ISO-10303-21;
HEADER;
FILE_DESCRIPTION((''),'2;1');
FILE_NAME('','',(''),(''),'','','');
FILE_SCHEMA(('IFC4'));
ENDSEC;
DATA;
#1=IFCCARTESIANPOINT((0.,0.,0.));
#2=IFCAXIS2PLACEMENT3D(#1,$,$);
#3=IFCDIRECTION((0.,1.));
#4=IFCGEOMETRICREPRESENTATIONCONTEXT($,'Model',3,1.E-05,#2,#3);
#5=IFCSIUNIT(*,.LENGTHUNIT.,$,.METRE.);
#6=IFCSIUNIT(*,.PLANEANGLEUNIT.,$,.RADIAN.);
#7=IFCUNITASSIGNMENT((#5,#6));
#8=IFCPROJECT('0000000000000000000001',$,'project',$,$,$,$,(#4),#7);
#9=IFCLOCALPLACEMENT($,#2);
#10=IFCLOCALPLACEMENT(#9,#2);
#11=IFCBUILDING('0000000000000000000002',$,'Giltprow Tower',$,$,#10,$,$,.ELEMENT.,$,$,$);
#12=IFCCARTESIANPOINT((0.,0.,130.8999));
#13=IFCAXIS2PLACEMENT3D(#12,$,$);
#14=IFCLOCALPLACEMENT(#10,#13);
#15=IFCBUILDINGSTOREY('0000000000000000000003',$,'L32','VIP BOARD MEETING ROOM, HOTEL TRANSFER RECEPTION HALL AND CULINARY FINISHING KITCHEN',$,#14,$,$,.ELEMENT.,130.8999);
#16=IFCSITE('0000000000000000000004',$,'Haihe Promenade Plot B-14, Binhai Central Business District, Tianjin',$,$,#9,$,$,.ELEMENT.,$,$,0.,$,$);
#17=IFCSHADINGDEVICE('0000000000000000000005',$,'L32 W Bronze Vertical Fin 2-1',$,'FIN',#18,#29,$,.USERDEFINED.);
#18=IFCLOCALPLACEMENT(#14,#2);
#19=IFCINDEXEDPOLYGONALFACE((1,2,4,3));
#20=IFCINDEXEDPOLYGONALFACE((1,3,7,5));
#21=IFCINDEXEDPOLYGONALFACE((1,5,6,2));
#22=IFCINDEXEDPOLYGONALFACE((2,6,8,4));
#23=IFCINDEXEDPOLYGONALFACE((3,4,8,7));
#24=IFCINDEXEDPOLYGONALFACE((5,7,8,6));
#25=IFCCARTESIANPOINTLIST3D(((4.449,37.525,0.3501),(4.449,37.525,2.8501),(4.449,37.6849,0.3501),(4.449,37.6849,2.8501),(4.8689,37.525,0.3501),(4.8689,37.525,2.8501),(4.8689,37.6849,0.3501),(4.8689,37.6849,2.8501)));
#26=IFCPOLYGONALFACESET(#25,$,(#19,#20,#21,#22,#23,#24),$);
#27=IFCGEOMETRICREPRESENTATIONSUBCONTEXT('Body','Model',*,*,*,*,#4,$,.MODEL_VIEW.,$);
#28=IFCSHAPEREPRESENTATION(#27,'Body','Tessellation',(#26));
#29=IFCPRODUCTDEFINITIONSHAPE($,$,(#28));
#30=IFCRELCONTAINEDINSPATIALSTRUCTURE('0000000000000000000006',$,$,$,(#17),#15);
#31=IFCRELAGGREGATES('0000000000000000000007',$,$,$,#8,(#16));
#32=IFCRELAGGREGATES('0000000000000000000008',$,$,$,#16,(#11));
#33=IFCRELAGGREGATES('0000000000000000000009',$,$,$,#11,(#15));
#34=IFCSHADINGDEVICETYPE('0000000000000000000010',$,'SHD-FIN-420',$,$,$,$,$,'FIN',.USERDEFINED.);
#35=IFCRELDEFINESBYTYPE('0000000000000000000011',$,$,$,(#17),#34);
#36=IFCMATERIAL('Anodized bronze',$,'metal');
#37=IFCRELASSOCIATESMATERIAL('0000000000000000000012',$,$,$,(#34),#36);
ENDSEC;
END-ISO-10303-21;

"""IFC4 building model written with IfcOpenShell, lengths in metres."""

from ifc_helpers import new_model, si_unit, direction, frame, origin, origin_2d, place, context, subcontext, project, spatial, rectangle, extrude, source, transform, mapped, material, type_object, element, save


model = new_model("IFC4")

# Units and contexts
model_context = context("Model", 3, precision=1e-05, world=origin(), true_north=direction((0.0, 1.0)))
body_context = subcontext(model_context, "Body", "Model", "MODEL_VIEW")
ifc_project = project(units=[si_unit("LENGTHUNIT", "METRE"), si_unit("PLANEANGLEUNIT", "RADIAN")], contexts=[model_context])

# Site, building, storey
site_placement = place(None, origin())
site = spatial("IfcSite", under=ifc_project, at=site_placement, Name="Haihe Promenade Plot B-14, Binhai Central Business District, Tianjin", CompositionType="ELEMENT", RefElevation=0.0)
building_placement = place(site_placement, origin())
building = spatial("IfcBuilding", under=site, at=building_placement, Name="Giltprow Tower", CompositionType="ELEMENT")
storey_placement = place(building_placement, frame((0.0, 0.0, 130.8999)))
storey = spatial("IfcBuildingStorey", under=building, at=storey_placement, Name="L32", Description="VIP BOARD MEETING ROOM, HOTEL TRANSFER RECEPTION HALL AND CULINARY FINISHING KITCHEN", CompositionType="ELEMENT", Elevation=130.8999)

# Shared definitions
ifc_material_1 = material(Name="Anodized bronze", Category="metal")

# Shading device
shading_device_type = type_object("IfcShadingDeviceType", Name="SHD-FIN-420", ElementType="FIN", PredefinedType="USERDEFINED", material=ifc_material_1)
shared_shape_1 = source(origin(), body_context, "Body", "SweptSolid", [
    extrude(rectangle(XDim=0.4199, YDim=0.1599, at=origin_2d()), origin(), (0.0, 0.0, 1.0), 2.5),
])
shading_device_placement = place(storey_placement, frame((4.6589, 37.605, 0.3501), z_axis=(0.0, 0.0, 1.0), x_axis=(1.0, 0.0, 0.0)))
element("IfcShadingDevice", 1, at=shading_device_placement, inside=storey, type_object=shading_device_type, Name="L32 W Bronze Vertical Fin 2-1", ObjectType="FIN", PredefinedType="USERDEFINED", context=body_context, shape_type="MappedRepresentation", body=[
    mapped(shared_shape_1, transform((0.0, 0.0, 0.0), x_axis=(1.0, 0.0, 0.0), y_axis=(0.0, 1.0, 0.0), z_axis=(0.0, 0.0, 1.0), scale=1.0)),
])

save(model, "model.ifc")
